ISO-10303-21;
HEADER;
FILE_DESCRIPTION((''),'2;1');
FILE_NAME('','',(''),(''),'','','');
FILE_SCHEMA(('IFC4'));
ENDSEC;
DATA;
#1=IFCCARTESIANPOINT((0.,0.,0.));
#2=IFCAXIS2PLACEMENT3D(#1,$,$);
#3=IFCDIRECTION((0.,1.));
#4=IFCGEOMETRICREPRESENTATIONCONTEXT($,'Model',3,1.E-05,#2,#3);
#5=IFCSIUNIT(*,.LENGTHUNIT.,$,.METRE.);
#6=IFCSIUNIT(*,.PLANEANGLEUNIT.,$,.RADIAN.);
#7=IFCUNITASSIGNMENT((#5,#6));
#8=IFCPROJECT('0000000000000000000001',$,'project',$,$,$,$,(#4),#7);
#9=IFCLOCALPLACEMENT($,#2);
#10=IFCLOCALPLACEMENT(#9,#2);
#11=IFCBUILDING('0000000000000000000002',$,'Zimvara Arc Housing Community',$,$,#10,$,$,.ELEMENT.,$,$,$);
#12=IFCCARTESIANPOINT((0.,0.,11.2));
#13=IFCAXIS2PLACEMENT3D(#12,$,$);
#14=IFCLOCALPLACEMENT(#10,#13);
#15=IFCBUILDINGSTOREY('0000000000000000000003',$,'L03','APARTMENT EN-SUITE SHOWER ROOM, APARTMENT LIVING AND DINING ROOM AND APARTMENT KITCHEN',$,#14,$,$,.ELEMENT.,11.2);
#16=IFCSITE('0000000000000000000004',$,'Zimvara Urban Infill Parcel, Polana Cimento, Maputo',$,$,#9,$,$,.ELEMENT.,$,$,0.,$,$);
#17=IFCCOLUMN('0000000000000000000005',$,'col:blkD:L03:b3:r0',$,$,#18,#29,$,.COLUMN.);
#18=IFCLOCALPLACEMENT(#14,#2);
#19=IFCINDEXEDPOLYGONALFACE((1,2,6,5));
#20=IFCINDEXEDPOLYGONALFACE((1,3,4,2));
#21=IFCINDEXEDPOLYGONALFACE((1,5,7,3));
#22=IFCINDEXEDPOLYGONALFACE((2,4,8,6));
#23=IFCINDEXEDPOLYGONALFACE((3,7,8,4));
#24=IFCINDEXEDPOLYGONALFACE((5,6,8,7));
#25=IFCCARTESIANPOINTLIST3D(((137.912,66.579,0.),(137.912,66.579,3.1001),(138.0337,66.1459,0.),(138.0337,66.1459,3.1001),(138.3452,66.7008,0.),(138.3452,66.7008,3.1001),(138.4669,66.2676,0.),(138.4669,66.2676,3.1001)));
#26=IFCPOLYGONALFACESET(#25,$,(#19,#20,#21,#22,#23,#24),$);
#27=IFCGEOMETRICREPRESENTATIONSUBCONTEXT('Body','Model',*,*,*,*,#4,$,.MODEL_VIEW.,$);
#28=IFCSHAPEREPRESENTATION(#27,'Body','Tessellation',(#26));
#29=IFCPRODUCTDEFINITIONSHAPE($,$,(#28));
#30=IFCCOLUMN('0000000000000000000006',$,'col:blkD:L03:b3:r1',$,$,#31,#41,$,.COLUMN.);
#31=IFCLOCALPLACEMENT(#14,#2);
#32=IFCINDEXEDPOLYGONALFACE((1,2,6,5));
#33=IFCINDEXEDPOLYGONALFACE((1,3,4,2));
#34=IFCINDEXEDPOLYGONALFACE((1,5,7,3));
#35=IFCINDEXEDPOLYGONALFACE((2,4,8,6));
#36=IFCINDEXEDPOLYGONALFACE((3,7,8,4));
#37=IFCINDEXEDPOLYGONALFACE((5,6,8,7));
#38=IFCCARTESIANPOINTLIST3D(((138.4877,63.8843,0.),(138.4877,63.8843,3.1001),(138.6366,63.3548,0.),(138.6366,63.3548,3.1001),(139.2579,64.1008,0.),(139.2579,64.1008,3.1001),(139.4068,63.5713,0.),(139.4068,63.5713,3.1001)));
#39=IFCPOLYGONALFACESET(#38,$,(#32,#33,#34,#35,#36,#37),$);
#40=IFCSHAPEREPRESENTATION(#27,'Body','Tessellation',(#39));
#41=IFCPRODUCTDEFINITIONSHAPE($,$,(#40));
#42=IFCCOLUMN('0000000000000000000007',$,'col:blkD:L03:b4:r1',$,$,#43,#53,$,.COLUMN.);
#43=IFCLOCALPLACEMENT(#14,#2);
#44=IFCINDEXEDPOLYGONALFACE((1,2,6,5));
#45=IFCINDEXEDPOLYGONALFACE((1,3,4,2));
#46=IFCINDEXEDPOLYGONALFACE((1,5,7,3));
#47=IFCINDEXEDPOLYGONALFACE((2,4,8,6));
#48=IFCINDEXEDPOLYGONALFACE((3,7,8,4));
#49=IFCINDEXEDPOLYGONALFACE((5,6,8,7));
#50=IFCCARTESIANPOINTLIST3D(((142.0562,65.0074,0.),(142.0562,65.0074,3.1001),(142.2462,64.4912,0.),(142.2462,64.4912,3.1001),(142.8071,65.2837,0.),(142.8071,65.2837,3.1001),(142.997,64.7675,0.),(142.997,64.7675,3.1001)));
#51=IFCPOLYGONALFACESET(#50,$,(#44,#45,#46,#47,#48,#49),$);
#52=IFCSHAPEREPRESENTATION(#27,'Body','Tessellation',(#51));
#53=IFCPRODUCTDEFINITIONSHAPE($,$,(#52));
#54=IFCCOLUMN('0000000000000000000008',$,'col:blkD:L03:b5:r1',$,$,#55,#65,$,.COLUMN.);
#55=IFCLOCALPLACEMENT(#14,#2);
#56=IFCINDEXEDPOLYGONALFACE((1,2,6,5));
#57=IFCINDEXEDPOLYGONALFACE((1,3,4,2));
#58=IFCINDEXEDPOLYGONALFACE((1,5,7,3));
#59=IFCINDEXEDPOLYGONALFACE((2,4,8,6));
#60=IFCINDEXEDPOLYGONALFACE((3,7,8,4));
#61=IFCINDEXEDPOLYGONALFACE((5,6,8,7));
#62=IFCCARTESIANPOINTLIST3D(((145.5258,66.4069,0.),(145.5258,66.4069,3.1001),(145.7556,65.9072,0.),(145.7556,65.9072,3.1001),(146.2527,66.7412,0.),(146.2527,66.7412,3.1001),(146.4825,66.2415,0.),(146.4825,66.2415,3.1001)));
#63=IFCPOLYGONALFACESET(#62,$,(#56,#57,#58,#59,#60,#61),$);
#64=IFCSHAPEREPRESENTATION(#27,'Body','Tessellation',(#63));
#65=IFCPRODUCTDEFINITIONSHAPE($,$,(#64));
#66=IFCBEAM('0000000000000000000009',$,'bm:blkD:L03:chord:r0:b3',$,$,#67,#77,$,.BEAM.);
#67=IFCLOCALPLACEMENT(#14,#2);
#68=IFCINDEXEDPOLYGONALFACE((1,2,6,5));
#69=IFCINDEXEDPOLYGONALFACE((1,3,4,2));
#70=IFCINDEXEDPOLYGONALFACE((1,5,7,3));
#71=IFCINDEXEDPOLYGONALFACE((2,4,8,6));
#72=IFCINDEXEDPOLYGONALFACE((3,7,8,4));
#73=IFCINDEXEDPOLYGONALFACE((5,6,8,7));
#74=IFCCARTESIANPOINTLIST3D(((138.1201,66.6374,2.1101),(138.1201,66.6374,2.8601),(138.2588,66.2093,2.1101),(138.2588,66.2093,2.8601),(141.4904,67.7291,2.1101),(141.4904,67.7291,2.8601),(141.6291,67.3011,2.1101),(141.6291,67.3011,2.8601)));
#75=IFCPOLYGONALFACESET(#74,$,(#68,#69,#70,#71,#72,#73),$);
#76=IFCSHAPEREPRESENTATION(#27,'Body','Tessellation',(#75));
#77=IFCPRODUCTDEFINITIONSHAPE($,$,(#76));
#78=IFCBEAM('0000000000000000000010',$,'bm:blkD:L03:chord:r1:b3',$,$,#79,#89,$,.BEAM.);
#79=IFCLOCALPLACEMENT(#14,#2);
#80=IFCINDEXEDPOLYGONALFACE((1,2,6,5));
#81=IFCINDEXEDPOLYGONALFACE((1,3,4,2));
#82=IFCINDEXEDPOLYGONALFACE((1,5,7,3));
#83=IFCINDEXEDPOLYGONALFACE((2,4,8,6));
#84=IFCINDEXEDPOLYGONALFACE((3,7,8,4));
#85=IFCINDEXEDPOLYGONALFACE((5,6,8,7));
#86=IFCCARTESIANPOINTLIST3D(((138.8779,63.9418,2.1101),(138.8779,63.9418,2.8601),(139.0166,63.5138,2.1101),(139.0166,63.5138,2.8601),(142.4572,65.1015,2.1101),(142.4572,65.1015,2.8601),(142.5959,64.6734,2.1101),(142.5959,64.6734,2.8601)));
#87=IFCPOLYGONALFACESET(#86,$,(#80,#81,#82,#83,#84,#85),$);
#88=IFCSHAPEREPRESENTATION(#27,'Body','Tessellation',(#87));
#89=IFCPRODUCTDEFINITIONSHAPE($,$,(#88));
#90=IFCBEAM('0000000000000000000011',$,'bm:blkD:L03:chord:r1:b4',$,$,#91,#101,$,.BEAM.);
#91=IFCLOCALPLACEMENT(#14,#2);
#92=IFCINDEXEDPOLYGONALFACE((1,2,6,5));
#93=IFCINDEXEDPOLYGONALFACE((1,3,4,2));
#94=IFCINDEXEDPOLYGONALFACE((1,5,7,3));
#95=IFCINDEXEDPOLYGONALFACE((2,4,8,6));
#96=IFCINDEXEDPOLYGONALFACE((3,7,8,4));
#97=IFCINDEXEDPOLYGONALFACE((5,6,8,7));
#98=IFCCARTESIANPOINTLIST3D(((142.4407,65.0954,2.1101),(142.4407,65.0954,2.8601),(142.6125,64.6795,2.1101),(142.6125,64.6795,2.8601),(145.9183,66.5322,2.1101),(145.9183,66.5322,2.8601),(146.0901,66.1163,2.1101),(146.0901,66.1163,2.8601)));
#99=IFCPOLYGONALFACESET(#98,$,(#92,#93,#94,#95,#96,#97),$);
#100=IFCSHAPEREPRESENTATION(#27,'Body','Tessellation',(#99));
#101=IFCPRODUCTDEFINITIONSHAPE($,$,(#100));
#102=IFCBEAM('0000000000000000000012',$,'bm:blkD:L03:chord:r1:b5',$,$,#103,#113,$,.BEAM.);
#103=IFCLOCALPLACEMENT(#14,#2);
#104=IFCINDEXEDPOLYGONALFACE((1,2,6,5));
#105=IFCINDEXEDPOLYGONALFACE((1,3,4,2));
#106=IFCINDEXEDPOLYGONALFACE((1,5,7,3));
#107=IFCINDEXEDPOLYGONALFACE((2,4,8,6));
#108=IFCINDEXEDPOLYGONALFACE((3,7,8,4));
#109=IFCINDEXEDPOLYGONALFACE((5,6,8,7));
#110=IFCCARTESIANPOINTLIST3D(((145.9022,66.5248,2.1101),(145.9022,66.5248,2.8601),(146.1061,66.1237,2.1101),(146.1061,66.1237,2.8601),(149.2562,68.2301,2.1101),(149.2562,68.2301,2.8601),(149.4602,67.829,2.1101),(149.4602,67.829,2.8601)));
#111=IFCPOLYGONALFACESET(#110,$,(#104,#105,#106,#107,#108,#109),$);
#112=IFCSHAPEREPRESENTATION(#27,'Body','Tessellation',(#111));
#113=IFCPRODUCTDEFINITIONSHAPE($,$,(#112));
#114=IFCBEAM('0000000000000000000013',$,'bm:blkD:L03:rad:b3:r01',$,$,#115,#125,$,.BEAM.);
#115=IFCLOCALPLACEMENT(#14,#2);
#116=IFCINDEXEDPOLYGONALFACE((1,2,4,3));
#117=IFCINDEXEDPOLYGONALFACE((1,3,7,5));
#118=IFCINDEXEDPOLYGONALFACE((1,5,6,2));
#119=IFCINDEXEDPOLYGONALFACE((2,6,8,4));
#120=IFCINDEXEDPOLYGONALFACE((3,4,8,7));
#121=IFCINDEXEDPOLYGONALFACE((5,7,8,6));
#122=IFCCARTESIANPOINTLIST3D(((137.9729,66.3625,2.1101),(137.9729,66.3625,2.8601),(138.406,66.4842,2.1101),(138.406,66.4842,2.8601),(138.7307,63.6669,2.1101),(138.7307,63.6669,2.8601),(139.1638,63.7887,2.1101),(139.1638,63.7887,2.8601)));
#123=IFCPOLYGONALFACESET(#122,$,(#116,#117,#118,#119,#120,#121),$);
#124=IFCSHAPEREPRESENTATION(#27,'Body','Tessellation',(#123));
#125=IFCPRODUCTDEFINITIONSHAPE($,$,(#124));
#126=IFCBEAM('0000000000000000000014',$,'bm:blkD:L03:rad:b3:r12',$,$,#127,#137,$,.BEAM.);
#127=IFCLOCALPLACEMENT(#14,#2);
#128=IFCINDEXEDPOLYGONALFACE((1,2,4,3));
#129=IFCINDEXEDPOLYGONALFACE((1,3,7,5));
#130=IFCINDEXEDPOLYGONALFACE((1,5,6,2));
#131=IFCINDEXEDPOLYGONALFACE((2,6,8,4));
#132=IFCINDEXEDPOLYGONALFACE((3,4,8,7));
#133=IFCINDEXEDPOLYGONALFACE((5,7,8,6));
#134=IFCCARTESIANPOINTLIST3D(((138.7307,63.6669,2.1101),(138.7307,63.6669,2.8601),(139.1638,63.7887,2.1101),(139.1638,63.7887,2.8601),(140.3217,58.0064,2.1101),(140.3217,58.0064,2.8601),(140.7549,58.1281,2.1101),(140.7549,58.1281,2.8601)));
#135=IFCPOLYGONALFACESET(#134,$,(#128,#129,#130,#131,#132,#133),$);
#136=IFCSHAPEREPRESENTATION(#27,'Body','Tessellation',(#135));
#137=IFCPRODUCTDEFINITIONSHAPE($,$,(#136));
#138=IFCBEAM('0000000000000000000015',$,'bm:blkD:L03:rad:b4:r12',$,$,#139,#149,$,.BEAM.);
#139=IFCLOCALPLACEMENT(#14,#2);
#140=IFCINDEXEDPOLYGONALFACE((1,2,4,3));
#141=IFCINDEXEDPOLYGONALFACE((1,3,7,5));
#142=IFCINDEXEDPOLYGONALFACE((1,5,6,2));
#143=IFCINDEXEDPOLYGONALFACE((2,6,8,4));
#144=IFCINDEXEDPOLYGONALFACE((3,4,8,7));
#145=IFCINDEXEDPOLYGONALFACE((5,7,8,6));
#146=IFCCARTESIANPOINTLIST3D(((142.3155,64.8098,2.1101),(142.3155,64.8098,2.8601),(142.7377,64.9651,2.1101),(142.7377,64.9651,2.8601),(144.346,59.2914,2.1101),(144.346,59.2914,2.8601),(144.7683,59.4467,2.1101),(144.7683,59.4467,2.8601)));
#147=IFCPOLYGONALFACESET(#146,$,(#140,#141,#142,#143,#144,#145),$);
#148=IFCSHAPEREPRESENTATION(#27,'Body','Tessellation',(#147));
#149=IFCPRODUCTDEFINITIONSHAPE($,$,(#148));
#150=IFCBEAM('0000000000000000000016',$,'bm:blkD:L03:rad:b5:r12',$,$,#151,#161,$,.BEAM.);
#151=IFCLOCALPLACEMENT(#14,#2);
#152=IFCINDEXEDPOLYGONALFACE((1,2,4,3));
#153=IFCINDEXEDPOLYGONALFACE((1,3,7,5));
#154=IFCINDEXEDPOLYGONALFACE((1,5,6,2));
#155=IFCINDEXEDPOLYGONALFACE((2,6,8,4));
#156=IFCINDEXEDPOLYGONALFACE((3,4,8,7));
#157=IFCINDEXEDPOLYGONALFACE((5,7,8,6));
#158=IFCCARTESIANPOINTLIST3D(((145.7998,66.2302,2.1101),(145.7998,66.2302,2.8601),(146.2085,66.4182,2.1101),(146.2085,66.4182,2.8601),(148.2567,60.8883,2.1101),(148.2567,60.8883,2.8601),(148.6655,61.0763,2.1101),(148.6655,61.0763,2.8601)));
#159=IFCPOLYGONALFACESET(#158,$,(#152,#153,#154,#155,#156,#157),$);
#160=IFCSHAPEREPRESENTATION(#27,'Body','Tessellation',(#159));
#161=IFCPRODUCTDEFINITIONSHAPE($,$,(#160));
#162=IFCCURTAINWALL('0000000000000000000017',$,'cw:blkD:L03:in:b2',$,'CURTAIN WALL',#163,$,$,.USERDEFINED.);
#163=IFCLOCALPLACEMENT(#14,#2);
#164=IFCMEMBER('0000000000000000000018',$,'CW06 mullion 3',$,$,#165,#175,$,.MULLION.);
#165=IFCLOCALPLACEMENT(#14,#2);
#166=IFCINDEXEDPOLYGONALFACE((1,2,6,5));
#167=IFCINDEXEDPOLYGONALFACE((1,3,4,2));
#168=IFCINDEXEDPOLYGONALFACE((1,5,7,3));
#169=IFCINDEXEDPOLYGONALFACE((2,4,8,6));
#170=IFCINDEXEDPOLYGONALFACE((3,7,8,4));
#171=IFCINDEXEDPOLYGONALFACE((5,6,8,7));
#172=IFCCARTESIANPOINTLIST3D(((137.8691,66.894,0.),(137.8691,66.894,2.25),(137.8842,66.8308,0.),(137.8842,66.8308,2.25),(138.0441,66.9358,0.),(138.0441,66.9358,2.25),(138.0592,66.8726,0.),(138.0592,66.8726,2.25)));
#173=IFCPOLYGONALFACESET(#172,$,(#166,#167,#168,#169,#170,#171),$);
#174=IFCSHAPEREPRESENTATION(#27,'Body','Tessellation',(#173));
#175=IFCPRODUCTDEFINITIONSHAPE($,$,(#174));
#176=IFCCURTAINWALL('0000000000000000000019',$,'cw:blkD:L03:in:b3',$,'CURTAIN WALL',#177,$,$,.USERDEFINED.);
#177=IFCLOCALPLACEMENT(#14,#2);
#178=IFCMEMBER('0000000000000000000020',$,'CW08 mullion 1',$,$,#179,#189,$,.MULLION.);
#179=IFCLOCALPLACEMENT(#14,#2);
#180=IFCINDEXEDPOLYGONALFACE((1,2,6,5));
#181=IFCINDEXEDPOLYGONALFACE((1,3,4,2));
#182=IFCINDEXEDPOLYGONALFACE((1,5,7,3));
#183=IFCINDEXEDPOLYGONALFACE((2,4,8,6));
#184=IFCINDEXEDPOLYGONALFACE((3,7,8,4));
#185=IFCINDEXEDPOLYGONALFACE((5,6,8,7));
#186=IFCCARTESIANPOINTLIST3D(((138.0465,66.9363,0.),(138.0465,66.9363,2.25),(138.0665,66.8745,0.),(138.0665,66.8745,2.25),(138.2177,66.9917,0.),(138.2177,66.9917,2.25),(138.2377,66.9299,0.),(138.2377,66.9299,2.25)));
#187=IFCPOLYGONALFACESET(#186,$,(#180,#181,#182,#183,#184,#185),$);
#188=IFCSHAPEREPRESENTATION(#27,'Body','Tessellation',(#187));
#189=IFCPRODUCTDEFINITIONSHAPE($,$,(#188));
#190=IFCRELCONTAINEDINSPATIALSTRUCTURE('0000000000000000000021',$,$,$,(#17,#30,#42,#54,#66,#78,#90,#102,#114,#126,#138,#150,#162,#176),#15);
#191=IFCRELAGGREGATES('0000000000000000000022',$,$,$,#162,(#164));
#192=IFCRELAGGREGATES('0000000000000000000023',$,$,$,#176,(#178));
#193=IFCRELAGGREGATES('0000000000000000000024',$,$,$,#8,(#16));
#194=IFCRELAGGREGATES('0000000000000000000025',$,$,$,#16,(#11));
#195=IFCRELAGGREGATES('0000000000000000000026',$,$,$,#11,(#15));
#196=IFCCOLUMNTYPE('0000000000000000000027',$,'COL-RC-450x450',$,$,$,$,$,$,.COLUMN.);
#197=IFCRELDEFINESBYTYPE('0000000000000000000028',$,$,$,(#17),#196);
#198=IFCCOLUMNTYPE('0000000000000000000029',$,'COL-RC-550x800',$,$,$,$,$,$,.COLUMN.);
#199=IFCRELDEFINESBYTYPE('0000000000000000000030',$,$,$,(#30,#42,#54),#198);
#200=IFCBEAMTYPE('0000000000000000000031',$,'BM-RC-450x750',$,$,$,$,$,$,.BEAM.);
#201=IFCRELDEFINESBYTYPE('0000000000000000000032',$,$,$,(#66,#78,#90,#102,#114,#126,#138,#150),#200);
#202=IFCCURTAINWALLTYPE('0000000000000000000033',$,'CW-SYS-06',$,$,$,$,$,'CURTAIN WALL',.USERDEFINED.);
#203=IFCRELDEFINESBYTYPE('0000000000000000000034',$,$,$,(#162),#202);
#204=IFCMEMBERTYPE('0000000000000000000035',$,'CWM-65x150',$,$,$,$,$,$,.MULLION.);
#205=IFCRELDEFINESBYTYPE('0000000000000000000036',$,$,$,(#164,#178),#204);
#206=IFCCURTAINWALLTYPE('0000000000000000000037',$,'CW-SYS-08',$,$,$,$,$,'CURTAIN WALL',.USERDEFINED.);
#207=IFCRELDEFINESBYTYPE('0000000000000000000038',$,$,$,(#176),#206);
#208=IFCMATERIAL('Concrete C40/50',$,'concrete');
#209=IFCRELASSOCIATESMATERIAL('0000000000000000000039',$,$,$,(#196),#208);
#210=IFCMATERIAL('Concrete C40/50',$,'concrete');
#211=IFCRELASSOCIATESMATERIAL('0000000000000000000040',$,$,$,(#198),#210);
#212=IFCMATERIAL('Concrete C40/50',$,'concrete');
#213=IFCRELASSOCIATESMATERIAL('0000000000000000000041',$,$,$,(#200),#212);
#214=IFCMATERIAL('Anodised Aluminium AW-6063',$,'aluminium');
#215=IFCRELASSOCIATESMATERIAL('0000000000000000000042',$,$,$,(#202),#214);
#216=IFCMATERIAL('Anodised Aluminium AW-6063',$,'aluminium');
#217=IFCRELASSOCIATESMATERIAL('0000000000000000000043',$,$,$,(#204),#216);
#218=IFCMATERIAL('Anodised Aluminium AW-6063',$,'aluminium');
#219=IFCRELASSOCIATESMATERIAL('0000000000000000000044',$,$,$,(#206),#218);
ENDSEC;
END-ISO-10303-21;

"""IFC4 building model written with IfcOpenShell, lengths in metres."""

from ifc_helpers import new_model, si_unit, direction, frame, origin, origin_2d, place, context, subcontext, project, spatial, rectangle, extrude, material, material_profile, profile_set, type_object, element, aggregate, save


model = new_model("IFC4")

# Units and contexts
model_context = context("Model", 3, precision=1e-05, world=origin(), true_north=direction((0.0, 1.0)))
body_context = subcontext(model_context, "Body", "Model", "MODEL_VIEW")
ifc_project = project(units=[si_unit("LENGTHUNIT", "METRE"), si_unit("PLANEANGLEUNIT", "RADIAN")], contexts=[model_context])

# Site, building, storey
site_placement = place(None, origin())
site = spatial("IfcSite", under=ifc_project, at=site_placement, Name="Zimvara Urban Infill Parcel, Polana Cimento, Maputo", CompositionType="ELEMENT", RefElevation=0.0)
building_placement = place(site_placement, origin())
building = spatial("IfcBuilding", under=site, at=building_placement, Name="Zimvara Arc Housing Community", CompositionType="ELEMENT")
storey_placement = place(building_placement, frame((0.0, 0.0, 11.2)))
storey = spatial("IfcBuildingStorey", under=building, at=storey_placement, Name="L03", Description="APARTMENT EN-SUITE SHOWER ROOM, APARTMENT LIVING AND DINING ROOM AND APARTMENT KITCHEN", CompositionType="ELEMENT", Elevation=11.2)

# Columns
ifc_material_1 = material(Name="Concrete C40/50", Category="concrete")
ifc_material_profile_1 = material_profile(ifc_material_1, rectangle(XDim=0.45, YDim=0.45, at=origin_2d()), Name="RC 450x450")
ifc_profile_set_1 = profile_set([ifc_material_profile_1], Name="Concrete C40/50")
column_type_1 = type_object("IfcColumnType", Name="COL-RC-450x450", PredefinedType="COLUMN", material=ifc_profile_set_1)
column_placement = place(storey_placement, frame((138.1895, 66.4233, 0.0), z_axis=(0.0, 0.0, 1.0), x_axis=(0.2706, -0.962692, 0.0)))
element("IfcColumn", 1, at=column_placement, inside=storey, type_object=column_type_1, Name="col:blkD:L03:b3:r0", PredefinedType="COLUMN", context=body_context, shape_type="SweptSolid", body=[
    extrude(rectangle(XDim=0.45, YDim=0.45, at=origin_2d()), origin(), (0.0, 0.0, 1.0), 3.1001),
])
ifc_material_2 = material(Name="Concrete C40/50", Category="concrete")
ifc_material_profile_2 = material_profile(ifc_material_2, rectangle(XDim=0.55, YDim=0.8, at=origin_2d()), Name="RC 550x800")
ifc_profile_set_2 = profile_set([ifc_material_profile_2], Name="Concrete C40/50")
column_type_2 = type_object("IfcColumnType", Name="COL-RC-550x800", PredefinedType="COLUMN", material=ifc_profile_set_2)
for number, where, z_axis, x_axis, name in (
    (2, (138.9473, 63.7278, 0.0), (0.0, 0.0, 1.0), (0.2706, -0.962692, 0.0), "col:blkD:L03:b3:r1"),
    (3, (142.5266, 64.8875, 0.0), (0.0, 0.0, 1.0), (0.345298, -0.938493, 0.0), "col:blkD:L03:b4:r1"),
    (4, (146.0042, 66.3242, 0.0), (0.0, 0.0, 1.0), (0.417867, -0.908508, 0.0), "col:blkD:L03:b5:r1"),
):
    element("IfcColumn", number, at=place(storey_placement, frame(where, z_axis=z_axis, x_axis=x_axis)), inside=storey, type_object=column_type_2, Name=name, PredefinedType="COLUMN", context=body_context, shape_type="SweptSolid", body=[
        extrude(rectangle(XDim=0.55, YDim=0.8, at=origin_2d()), origin(), (0.0, 0.0, 1.0), 3.1001),
    ])

# Beams
ifc_material_3 = material(Name="Concrete C40/50", Category="concrete")
ifc_material_profile_3 = material_profile(ifc_material_3, rectangle(XDim=0.45, YDim=0.75, at=origin_2d()), Name="RC 450x750")
ifc_profile_set_3 = profile_set([ifc_material_profile_3], Name="Concrete C40/50")
beam_type = type_object("IfcBeamType", Name="BM-RC-450x750", PredefinedType="BEAM", material=ifc_profile_set_3)
beam_1_placement = place(storey_placement, frame((138.1895, 66.4233, 2.4851), z_axis=(0.95133, 0.308174, 0.0), x_axis=(-0.308174, 0.95133, 0.0)))
element("IfcBeam", 5, at=beam_1_placement, inside=storey, type_object=beam_type, Name="bm:blkD:L03:chord:r0:b3", PredefinedType="BEAM", context=body_context, shape_type="SweptSolid", body=[
    extrude(rectangle(XDim=0.45, YDim=0.75, at=origin_2d()), origin(), (0.0, 0.0, 1.0), 3.5427),
])
beam_2_placement = place(storey_placement, frame((138.9473, 63.7278, 2.4851), z_axis=(0.951316, 0.308216, 0.0), x_axis=(-0.308216, 0.951316, 0.0)))
element("IfcBeam", 6, at=beam_2_placement, inside=storey, type_object=beam_type, Name="bm:blkD:L03:chord:r1:b3", PredefinedType="BEAM", context=body_context, shape_type="SweptSolid", body=[
    extrude(rectangle(XDim=0.45, YDim=0.75, at=origin_2d()), origin(), (0.0, 0.0, 1.0), 3.7625),
])
for number, where, z_axis, x_axis, name in (
    (7, (142.5266, 64.8875, 2.4851), (0.924225, 0.381849, 0.0), (-0.381849, 0.924225, 0.0), "bm:blkD:L03:chord:r1:b4"),
    (8, (146.0042, 66.3242, 2.4851), (0.891396, 0.453225, 0.0), (-0.453225, 0.891396, 0.0), "bm:blkD:L03:chord:r1:b5"),
):
    element("IfcBeam", number, at=place(storey_placement, frame(where, z_axis=z_axis, x_axis=x_axis)), inside=storey, type_object=beam_type, Name=name, PredefinedType="BEAM", context=body_context, shape_type="SweptSolid", body=[
        extrude(rectangle(XDim=0.45, YDim=0.75, at=origin_2d()), origin(), (0.0, 0.0, 1.0), 3.7627),
    ])
beam_3_placement = place(storey_placement, frame((138.1895, 66.4233, 2.4851), z_axis=(0.270642, -0.96268, 0.0), x_axis=(0.96268, 0.270642, 0.0)))
element("IfcBeam", 9, at=beam_3_placement, inside=storey, type_object=beam_type, Name="bm:blkD:L03:rad:b3:r01", PredefinedType="BEAM", context=body_context, shape_type="SweptSolid", body=[
    extrude(rectangle(XDim=0.45, YDim=0.75, at=origin_2d()), origin(), (0.0, 0.0, 1.0), 2.8),
])
beam_4_placement = place(storey_placement, frame((138.9473, 63.7278, 2.4851), z_axis=(0.270589, -0.962695, 0.0), x_axis=(0.962695, 0.270589, 0.0)))
element("IfcBeam", 10, at=beam_4_placement, inside=storey, type_object=beam_type, Name="bm:blkD:L03:rad:b3:r12", PredefinedType="BEAM", context=body_context, shape_type="SweptSolid", body=[
    extrude(rectangle(XDim=0.45, YDim=0.75, at=origin_2d()), origin(), (0.0, 0.0, 1.0), 5.8799),
])
beam_5_placement = place(storey_placement, frame((142.5266, 64.8875, 2.4851), z_axis=(0.345324, -0.938483, 0.0), x_axis=(0.938483, 0.345324, 0.0)))
element("IfcBeam", 11, at=beam_5_placement, inside=storey, type_object=beam_type, Name="bm:blkD:L03:rad:b4:r12", PredefinedType="BEAM", context=body_context, shape_type="SweptSolid", body=[
    extrude(rectangle(XDim=0.45, YDim=0.75, at=origin_2d()), origin(), (0.0, 0.0, 1.0), 5.8801),
])
beam_6_placement = place(storey_placement, frame((146.0042, 66.3242, 2.4851), z_axis=(0.417862, -0.90851, 0.0), x_axis=(0.90851, 0.417862, 0.0)))
element("IfcBeam", 12, at=beam_6_placement, inside=storey, type_object=beam_type, Name="bm:blkD:L03:rad:b5:r12", PredefinedType="BEAM", context=body_context, shape_type="SweptSolid", body=[
    extrude(rectangle(XDim=0.45, YDim=0.75, at=origin_2d()), origin(), (0.0, 0.0, 1.0), 5.8799),
])

# Curtain wall, member
ifc_material_4 = material(Name="Anodised Aluminium AW-6063", Category="aluminium")
curtain_wall_type_1 = type_object("IfcCurtainWallType", Name="CW-SYS-06", ElementType="CURTAIN WALL", PredefinedType="USERDEFINED", material=ifc_material_4)
curtain_wall_1_placement = place(storey_placement, origin())
curtain_wall_1 = element("IfcCurtainWall", 13, at=curtain_wall_1_placement, inside=storey, type_object=curtain_wall_type_1, Name="cw:blkD:L03:in:b2", ObjectType="CURTAIN WALL", PredefinedType="USERDEFINED")
ifc_material_5 = material(Name="Anodised Aluminium AW-6063", Category="aluminium")
ifc_material_profile_4 = material_profile(ifc_material_5, rectangle(XDim=0.0649, YDim=0.1799, at=origin_2d()), Name="ALU 65x180")
ifc_profile_set_4 = profile_set([ifc_material_profile_4], Name="Anodised Aluminium AW-6063")
member_type_1 = type_object("IfcMemberType", Name="CWM-65x150", PredefinedType="MULLION", material=ifc_profile_set_4)
member_1_placement = place(storey_placement, frame((137.9641, 66.8833, 0.0), z_axis=(0.0, 0.0, 1.0), x_axis=(-0.232596, 0.972573, 0.0)))
member_1 = element("IfcMember", 14, at=member_1_placement, type_object=member_type_1, Name="CW06 mullion 3", PredefinedType="MULLION", context=body_context, shape_type="SweptSolid", body=[
    extrude(rectangle(XDim=0.0649, YDim=0.1799, at=origin_2d()), origin(), (0.0, 0.0, 1.0), 2.25),
])
aggregate(curtain_wall_1, [member_1])

# Curtain wall, member
ifc_material_6 = material(Name="Anodised Aluminium AW-6063", Category="aluminium")
curtain_wall_type_2 = type_object("IfcCurtainWallType", Name="CW-SYS-08", ElementType="CURTAIN WALL", PredefinedType="USERDEFINED", material=ifc_material_6)
curtain_wall_2_placement = place(storey_placement, origin())
curtain_wall_2 = element("IfcCurtainWall", 15, at=curtain_wall_2_placement, inside=storey, type_object=curtain_wall_type_2, Name="cw:blkD:L03:in:b3", ObjectType="CURTAIN WALL", PredefinedType="USERDEFINED")
member_2_placement = place(storey_placement, frame((138.1421, 66.9331, 0.0), z_axis=(0.0, 0.0, 1.0), x_axis=(-0.308185, 0.951326, 0.0)))
member_2 = element("IfcMember", 16, at=member_2_placement, type_object=member_type_1, Name="CW08 mullion 1", PredefinedType="MULLION", context=body_context, shape_type="SweptSolid", body=[
    extrude(rectangle(XDim=0.0649, YDim=0.1799, at=origin_2d()), origin(), (0.0, 0.0, 1.0), 2.25),
])
aggregate(curtain_wall_2, [member_2])

save(model, "model.ifc")
